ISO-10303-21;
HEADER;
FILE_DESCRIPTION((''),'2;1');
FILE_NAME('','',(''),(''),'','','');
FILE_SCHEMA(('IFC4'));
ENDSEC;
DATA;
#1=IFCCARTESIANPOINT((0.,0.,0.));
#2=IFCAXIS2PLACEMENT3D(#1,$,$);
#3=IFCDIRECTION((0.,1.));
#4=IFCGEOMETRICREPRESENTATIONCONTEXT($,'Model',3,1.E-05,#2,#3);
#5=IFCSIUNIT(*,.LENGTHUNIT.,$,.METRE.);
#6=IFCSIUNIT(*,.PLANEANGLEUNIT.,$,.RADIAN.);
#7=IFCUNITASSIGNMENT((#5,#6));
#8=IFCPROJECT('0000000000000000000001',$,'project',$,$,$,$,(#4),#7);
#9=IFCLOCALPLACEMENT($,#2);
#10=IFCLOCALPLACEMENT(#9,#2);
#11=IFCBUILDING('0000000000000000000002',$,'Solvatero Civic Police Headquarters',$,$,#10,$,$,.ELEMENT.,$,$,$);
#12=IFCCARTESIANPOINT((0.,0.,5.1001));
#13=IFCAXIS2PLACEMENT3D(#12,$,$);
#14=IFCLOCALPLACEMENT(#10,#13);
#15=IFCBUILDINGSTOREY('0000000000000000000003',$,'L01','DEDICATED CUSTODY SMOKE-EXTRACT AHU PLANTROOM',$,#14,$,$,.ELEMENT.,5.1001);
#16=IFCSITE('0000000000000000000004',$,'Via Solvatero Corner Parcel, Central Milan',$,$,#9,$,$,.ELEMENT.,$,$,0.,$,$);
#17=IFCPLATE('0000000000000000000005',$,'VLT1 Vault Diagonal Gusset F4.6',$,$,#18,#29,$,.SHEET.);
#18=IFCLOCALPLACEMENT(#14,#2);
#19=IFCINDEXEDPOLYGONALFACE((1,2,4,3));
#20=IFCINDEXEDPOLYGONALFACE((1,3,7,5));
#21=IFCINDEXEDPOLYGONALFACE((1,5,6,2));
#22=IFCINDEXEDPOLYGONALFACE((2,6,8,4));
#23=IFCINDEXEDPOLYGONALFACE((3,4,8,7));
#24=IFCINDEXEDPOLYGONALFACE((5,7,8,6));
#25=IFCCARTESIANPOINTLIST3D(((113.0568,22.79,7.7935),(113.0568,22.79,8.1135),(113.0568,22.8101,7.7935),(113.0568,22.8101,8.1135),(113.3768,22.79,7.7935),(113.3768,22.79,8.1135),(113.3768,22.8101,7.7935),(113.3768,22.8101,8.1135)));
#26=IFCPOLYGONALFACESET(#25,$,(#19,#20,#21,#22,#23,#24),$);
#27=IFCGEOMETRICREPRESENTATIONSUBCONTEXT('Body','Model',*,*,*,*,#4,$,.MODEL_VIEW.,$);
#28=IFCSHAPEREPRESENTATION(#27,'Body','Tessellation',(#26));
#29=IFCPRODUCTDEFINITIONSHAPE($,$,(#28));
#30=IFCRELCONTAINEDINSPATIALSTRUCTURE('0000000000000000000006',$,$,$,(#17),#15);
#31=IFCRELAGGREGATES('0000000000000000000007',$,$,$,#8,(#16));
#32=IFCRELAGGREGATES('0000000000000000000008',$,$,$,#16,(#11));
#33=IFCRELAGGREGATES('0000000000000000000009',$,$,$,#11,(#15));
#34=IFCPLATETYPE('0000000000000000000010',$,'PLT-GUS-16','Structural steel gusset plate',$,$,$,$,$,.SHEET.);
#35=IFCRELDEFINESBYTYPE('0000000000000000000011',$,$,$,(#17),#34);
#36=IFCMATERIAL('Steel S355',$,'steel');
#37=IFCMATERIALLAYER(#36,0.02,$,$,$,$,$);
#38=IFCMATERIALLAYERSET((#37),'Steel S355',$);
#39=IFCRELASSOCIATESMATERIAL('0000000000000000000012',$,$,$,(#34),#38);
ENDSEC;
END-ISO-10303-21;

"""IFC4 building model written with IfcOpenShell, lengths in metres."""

from ifc_helpers import new_model, si_unit, direction, frame, origin, origin_2d, place, context, subcontext, project, spatial, rectangle, extrude, material, layer, layer_set, type_object, element, save


model = new_model("IFC4")

# Units and contexts
model_context = context("Model", 3, precision=1e-05, world=origin(), true_north=direction((0.0, 1.0)))
body_context = subcontext(model_context, "Body", "Model", "MODEL_VIEW")
ifc_project = project(units=[si_unit("LENGTHUNIT", "METRE"), si_unit("PLANEANGLEUNIT", "RADIAN")], contexts=[model_context])

# Site, building, storey
site_placement = place(None, origin())
site = spatial("IfcSite", under=ifc_project, at=site_placement, Name="Via Solvatero Corner Parcel, Central Milan", CompositionType="ELEMENT", RefElevation=0.0)
building_placement = place(site_placement, origin())
building = spatial("IfcBuilding", under=site, at=building_placement, Name="Solvatero Civic Police Headquarters", CompositionType="ELEMENT")
storey_placement = place(building_placement, frame((0.0, 0.0, 5.1001)))
storey = spatial("IfcBuildingStorey", under=building, at=storey_placement, Name="L01", Description="DEDICATED CUSTODY SMOKE-EXTRACT AHU PLANTROOM", CompositionType="ELEMENT", Elevation=5.1001)

# Shared definitions
ifc_material = material(Name="Steel S355", Category="steel")

# Plate
ifc_layer = layer(ifc_material, 0.02)
ifc_layer_set = layer_set([ifc_layer], Name="Steel S355")
plate_type = type_object("IfcPlateType", Name="PLT-GUS-16", Description="Structural steel gusset plate", PredefinedType="SHEET", material=ifc_layer_set)
for number, where, z_axis, x_axis, name in (
    (1, (113.2168, 22.8, 7.7935), (0.0, 0.0, 1.0), (1.0, 0.0, 0.0), "VLT1 Vault Diagonal Gusset F4.6"),
):
    element("IfcPlate", number, at=place(storey_placement, frame(where, z_axis=z_axis, x_axis=x_axis)), inside=storey, type_object=plate_type, Name=name, PredefinedType="SHEET", context=body_context, shape_type="SweptSolid", body=[
        extrude(rectangle(XDim=0.3201, YDim=0.02, at=origin_2d()), origin(), (0.0, 0.0, 1.0), 0.3201),
    ])

save(model, "model.ifc")
